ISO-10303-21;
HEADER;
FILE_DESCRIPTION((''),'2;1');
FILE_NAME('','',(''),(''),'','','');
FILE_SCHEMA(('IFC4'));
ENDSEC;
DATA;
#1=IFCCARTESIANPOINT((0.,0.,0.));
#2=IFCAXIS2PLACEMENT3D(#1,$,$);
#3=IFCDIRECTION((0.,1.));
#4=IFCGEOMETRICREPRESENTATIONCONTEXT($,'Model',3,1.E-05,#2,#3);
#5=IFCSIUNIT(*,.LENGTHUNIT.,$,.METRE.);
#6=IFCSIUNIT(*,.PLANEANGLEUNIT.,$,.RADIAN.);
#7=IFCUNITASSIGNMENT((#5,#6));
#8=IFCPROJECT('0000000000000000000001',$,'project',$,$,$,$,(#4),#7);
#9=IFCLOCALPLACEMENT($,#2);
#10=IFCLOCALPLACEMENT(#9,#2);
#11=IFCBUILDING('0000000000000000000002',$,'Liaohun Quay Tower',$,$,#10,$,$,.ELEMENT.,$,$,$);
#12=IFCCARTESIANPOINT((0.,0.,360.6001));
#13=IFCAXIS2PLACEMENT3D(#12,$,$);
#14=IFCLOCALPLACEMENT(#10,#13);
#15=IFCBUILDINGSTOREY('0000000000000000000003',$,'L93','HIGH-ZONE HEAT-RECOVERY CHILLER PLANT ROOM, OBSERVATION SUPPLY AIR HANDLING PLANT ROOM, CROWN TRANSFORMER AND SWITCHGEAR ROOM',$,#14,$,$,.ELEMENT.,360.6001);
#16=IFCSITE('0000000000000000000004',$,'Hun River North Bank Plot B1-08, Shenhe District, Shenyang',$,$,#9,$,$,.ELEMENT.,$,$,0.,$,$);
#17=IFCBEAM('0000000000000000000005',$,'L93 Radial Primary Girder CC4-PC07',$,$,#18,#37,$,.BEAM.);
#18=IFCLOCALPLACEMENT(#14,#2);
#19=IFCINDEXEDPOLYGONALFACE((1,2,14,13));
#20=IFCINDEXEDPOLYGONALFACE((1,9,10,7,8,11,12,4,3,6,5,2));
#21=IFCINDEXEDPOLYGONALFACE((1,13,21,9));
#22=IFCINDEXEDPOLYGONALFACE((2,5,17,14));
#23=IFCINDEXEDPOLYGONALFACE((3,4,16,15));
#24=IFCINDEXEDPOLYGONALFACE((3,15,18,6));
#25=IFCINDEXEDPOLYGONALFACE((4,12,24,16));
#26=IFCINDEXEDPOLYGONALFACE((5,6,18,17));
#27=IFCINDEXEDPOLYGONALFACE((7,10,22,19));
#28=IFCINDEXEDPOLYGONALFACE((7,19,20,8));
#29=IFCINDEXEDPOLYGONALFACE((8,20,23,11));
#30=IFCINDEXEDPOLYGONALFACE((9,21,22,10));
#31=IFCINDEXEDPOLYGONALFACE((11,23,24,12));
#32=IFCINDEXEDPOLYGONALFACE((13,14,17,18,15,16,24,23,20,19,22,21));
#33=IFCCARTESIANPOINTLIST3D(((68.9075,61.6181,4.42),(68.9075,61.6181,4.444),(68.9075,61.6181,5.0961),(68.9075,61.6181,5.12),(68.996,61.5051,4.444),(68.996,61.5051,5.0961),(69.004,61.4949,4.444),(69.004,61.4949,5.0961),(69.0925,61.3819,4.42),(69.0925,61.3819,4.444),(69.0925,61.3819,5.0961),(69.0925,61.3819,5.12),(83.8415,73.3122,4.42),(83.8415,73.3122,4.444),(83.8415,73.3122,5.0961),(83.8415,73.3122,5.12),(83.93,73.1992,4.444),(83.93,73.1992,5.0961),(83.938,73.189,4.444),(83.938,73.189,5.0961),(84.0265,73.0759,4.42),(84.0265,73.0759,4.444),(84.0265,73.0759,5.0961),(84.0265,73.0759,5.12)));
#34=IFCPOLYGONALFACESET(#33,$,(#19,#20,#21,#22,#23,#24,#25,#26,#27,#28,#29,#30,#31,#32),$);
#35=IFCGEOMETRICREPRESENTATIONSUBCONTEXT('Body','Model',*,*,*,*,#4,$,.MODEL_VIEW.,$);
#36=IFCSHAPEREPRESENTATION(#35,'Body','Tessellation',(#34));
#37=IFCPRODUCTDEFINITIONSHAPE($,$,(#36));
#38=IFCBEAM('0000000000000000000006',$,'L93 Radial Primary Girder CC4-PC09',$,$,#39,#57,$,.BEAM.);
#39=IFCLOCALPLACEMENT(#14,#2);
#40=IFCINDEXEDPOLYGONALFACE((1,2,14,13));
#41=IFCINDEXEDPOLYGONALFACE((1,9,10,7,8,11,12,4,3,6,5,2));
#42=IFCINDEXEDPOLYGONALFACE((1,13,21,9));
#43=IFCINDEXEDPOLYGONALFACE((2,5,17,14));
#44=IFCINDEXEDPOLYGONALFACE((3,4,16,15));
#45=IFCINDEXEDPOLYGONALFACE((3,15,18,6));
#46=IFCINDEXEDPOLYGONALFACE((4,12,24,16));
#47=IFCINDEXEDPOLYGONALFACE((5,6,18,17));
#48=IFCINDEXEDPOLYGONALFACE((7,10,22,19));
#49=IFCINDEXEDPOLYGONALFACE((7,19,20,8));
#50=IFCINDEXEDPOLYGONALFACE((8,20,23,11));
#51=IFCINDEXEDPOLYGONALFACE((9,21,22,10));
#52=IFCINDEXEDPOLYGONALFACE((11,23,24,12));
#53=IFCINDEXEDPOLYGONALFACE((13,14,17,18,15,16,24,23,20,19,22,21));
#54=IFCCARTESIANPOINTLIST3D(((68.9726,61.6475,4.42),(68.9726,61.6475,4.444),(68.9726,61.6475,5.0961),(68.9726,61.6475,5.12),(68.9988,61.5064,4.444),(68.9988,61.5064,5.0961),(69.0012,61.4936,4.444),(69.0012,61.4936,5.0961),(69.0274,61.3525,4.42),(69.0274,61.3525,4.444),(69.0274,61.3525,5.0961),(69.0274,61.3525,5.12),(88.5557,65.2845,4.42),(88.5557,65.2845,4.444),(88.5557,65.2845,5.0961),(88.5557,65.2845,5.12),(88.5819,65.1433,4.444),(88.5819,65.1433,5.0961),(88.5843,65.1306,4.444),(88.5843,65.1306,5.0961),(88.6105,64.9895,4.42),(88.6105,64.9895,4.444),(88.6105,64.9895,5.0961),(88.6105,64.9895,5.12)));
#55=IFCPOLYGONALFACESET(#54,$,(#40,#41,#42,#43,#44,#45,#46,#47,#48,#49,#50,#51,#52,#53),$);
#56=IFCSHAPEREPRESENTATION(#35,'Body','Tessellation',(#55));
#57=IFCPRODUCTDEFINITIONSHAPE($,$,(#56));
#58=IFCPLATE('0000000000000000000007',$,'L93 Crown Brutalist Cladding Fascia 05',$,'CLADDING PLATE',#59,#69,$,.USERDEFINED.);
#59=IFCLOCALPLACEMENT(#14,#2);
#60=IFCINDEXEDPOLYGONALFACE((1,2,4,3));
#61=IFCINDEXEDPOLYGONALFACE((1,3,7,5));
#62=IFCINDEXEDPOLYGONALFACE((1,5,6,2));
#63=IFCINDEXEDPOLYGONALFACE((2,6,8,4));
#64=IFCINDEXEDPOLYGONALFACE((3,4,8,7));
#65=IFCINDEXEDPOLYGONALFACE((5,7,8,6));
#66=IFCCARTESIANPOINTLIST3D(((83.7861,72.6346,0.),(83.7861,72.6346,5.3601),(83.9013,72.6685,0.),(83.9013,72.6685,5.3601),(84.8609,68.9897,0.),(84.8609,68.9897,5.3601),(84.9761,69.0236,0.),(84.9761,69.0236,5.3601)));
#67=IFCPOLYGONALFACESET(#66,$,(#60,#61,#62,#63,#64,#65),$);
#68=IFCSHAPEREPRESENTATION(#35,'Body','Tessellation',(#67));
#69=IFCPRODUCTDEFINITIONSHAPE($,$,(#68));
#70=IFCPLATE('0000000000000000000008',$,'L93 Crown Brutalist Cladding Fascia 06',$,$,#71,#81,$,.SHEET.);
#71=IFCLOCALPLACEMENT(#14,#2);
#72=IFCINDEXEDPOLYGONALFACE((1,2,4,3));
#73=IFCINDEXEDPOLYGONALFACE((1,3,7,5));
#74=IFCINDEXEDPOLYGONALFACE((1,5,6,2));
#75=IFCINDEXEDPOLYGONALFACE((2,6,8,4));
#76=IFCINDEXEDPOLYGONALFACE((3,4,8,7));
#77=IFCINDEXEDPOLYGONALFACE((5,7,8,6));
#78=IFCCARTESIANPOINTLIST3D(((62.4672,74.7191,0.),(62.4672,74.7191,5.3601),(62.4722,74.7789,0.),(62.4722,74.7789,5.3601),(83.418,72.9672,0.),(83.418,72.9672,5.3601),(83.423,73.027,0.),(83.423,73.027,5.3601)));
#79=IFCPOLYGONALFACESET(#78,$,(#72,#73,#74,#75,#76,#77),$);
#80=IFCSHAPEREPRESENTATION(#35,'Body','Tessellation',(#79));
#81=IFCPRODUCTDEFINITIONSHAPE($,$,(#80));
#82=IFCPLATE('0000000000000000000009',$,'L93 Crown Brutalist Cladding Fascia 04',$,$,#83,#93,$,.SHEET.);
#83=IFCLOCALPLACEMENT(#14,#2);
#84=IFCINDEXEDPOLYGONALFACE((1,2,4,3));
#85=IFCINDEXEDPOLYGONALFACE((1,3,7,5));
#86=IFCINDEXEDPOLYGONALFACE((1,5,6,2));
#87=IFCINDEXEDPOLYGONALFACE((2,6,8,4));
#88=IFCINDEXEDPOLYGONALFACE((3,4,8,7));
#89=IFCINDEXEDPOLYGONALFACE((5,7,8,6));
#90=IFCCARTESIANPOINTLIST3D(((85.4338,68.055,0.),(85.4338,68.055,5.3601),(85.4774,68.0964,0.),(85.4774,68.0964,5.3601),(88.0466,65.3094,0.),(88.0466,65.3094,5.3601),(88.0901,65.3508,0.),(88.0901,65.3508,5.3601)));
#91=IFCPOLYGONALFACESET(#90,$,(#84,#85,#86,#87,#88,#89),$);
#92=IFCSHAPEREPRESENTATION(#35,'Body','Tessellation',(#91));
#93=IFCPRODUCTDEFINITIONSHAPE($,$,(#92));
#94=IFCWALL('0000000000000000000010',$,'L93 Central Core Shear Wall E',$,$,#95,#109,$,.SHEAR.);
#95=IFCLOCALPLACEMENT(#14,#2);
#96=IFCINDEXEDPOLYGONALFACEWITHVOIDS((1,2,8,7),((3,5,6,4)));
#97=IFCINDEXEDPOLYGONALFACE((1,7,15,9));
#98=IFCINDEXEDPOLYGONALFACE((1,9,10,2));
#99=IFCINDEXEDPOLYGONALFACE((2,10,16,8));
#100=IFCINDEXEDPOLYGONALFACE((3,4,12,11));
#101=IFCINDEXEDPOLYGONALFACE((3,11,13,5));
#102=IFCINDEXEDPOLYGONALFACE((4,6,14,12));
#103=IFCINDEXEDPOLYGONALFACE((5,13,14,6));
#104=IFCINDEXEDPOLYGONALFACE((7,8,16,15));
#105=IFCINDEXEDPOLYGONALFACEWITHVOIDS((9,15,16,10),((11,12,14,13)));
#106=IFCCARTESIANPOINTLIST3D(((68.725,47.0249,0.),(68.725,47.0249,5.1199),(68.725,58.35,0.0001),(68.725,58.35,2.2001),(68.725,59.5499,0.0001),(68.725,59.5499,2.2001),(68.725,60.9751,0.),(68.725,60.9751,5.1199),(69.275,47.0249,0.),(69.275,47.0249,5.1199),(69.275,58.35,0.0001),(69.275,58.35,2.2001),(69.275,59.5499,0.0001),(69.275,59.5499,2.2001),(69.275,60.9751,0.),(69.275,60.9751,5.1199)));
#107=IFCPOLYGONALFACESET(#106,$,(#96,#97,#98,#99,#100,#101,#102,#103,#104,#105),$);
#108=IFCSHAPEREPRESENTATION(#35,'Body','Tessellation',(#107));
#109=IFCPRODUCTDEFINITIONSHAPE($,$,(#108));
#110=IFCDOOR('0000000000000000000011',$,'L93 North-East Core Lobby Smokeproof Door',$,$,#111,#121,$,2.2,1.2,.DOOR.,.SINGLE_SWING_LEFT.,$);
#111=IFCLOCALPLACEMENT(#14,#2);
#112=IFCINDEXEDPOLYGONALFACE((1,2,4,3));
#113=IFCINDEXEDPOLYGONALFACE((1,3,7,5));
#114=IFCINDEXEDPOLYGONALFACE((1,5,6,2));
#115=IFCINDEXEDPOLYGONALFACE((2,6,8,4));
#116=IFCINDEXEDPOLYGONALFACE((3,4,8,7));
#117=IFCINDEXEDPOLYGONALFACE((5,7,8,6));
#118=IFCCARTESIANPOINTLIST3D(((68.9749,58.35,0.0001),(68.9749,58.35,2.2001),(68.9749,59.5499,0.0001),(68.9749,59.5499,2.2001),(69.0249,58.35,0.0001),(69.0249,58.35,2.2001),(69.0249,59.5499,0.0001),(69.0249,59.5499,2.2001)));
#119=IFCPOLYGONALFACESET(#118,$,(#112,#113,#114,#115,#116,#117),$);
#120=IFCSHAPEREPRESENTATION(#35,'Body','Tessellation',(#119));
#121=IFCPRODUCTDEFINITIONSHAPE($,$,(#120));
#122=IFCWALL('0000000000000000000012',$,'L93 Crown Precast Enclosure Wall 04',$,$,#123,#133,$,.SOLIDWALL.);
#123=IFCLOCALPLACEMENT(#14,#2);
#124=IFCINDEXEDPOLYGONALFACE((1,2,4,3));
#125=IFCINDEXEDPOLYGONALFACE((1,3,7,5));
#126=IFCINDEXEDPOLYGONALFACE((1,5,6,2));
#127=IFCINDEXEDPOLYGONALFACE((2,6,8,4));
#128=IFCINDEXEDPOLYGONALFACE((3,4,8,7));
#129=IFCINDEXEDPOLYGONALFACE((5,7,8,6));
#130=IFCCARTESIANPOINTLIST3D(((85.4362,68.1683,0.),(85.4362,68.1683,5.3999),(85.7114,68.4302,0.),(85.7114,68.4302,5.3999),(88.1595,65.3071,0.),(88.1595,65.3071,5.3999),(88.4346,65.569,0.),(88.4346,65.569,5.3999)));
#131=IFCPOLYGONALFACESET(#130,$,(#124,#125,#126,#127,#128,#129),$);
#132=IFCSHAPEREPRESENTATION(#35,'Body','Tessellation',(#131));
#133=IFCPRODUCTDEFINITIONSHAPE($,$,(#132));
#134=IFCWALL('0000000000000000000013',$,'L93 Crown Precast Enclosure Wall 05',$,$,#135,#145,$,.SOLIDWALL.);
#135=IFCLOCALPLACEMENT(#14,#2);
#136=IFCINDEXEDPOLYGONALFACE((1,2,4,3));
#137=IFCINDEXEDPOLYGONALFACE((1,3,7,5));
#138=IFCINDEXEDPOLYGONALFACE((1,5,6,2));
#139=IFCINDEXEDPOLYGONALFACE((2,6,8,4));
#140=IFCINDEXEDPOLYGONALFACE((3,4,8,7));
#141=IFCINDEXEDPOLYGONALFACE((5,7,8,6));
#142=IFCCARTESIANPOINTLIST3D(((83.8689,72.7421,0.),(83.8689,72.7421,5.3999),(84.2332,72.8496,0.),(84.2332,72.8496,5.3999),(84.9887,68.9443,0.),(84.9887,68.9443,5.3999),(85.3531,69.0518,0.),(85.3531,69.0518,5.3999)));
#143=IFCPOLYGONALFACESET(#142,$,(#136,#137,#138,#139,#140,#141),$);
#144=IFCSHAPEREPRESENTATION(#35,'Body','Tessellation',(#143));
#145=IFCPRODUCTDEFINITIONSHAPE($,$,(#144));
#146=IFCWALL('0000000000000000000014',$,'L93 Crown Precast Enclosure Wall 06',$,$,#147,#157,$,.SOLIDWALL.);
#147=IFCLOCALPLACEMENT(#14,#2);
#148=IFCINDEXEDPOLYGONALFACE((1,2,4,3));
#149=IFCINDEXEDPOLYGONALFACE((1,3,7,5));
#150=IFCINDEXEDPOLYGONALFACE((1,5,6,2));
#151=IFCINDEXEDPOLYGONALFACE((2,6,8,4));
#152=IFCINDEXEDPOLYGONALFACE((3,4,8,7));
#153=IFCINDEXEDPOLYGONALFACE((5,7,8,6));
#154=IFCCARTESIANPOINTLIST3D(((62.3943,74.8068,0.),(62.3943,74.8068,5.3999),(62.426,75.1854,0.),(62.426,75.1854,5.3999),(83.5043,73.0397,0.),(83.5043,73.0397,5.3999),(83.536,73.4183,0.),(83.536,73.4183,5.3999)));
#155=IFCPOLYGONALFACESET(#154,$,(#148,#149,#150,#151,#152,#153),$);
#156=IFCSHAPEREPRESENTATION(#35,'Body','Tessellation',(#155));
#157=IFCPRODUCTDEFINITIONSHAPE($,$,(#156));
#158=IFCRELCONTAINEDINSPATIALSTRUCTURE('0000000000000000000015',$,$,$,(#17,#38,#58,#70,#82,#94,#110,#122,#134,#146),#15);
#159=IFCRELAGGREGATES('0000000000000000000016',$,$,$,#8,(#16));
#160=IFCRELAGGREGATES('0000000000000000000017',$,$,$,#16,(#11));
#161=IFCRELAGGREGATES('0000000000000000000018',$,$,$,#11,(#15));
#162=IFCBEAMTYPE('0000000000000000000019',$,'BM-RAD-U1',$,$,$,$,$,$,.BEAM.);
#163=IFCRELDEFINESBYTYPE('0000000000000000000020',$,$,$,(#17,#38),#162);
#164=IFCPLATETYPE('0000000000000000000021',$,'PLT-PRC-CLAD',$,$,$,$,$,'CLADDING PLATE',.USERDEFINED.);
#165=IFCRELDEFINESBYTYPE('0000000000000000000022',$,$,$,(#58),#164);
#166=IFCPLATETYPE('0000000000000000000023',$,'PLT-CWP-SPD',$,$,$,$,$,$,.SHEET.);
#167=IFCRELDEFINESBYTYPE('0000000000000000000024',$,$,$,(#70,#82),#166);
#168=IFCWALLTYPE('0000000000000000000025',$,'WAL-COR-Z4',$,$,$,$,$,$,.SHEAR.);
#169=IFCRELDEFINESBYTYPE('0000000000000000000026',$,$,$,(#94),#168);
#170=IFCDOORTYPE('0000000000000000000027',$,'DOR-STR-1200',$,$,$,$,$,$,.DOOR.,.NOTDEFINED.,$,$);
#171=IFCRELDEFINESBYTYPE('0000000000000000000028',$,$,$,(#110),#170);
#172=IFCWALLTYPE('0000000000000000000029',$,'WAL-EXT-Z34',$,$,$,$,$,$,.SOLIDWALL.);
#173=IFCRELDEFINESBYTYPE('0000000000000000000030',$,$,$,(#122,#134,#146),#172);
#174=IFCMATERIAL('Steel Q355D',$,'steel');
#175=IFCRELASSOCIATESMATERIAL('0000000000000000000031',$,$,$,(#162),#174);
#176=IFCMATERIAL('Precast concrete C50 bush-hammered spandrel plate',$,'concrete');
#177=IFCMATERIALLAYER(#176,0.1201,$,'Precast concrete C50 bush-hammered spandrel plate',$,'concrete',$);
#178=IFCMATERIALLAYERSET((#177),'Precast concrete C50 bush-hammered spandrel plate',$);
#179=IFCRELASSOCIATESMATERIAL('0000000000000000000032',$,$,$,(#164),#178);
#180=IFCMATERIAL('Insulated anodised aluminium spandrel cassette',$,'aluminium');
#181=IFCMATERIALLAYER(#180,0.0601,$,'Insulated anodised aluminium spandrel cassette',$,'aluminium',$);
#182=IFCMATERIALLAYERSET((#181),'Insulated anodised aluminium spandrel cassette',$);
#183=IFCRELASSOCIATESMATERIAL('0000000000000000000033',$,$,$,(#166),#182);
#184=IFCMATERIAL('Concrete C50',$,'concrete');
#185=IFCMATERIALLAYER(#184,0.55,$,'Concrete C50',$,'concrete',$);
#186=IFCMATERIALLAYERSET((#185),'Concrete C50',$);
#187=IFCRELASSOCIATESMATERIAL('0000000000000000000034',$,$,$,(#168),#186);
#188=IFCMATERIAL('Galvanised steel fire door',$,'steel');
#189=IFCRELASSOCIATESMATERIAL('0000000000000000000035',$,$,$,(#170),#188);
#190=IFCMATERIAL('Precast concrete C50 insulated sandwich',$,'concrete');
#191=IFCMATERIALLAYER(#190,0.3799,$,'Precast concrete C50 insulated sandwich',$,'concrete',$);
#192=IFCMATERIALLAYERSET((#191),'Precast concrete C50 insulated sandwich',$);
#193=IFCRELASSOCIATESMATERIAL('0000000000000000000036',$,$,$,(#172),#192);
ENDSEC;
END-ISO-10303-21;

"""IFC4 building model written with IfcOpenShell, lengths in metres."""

from ifc_helpers import new_model, si_unit, direction, frame, frame_2d, origin, origin_2d, place, context, subcontext, project, spatial, rectangle, i_section, extrude, source, transform, mapped, material, layer, layer_set, material_profile, profile_set, type_object, element, fill, save


model = new_model("IFC4")

# Units and contexts
model_context = context("Model", 3, precision=1e-05, world=origin(), true_north=direction((0.0, 1.0)))
body_context = subcontext(model_context, "Body", "Model", "MODEL_VIEW")
ifc_project = project(units=[si_unit("LENGTHUNIT", "METRE"), si_unit("PLANEANGLEUNIT", "RADIAN")], contexts=[model_context])

# Site, building, storey
site_placement = place(None, origin())
site = spatial("IfcSite", under=ifc_project, at=site_placement, Name="Hun River North Bank Plot B1-08, Shenhe District, Shenyang", CompositionType="ELEMENT", RefElevation=0.0)
building_placement = place(site_placement, origin())
building = spatial("IfcBuilding", under=site, at=building_placement, Name="Liaohun Quay Tower", CompositionType="ELEMENT")
storey_placement = place(building_placement, frame((0.0, 0.0, 360.6001)))
storey = spatial("IfcBuildingStorey", under=building, at=storey_placement, Name="L93", Description="HIGH-ZONE HEAT-RECOVERY CHILLER PLANT ROOM, OBSERVATION SUPPLY AIR HANDLING PLANT ROOM, CROWN TRANSFORMER AND SWITCHGEAR ROOM", CompositionType="ELEMENT", Elevation=360.6001)

# Shared definitions
ifc_material_1 = material(Name="Concrete C50", Category="concrete")

# Beams
ifc_material_2 = material(Name="Steel Q355D", Category="steel")
ifc_material_profile_1 = material_profile(ifc_material_2, i_section(OverallWidth=0.3, OverallDepth=0.7, WebThickness=0.0129, FlangeThickness=0.0239, at=origin_2d()), Name="HN700x300x13x24")
ifc_profile_set_1 = profile_set([ifc_material_profile_1], Name="Steel Q355D")
beam_type_1 = type_object("IfcBeamType", Name="BM-RAD-U1", PredefinedType="BEAM", material=ifc_profile_set_1)
shared_shape_1 = source(origin(), body_context, "Body", "SweptSolid", [
    extrude(i_section(OverallWidth=0.3, OverallDepth=0.7, WebThickness=0.0129, FlangeThickness=0.0239, at=origin_2d()), origin(), (0.0, 0.0, 1.0), 18.9678),
])
beam_1_placement = place(storey_placement, frame((69.0, 61.5, 4.77), z_axis=(0.787337, 0.616522, 0.0), x_axis=(-0.616522, 0.787337, 0.0)))
element("IfcBeam", 1, at=beam_1_placement, inside=storey, type_object=beam_type_1, Name="L93 Radial Primary Girder CC4-PC07", PredefinedType="BEAM", context=body_context, shape_type="MappedRepresentation", body=[
    mapped(shared_shape_1, transform((0.0, 0.0, 0.0), x_axis=(1.0, 0.0, 0.0), y_axis=(0.0, 1.0, 0.0), z_axis=(0.0, 0.0, 1.0), scale=1.0)),
])
shared_shape_2 = source(origin(), body_context, "Body", "SweptSolid", [
    extrude(i_section(OverallWidth=0.3, OverallDepth=0.7, WebThickness=0.0129, FlangeThickness=0.0239, at=origin_2d()), origin(), (0.0, 0.0, 1.0), 19.918),
])
beam_2_placement = place(storey_placement, frame((69.0, 61.5, 4.77), z_axis=(0.983188, 0.182598, 0.0), x_axis=(-0.182598, 0.983188, 0.0)))
element("IfcBeam", 2, at=beam_2_placement, inside=storey, type_object=beam_type_1, Name="L93 Radial Primary Girder CC4-PC09", PredefinedType="BEAM", context=body_context, shape_type="MappedRepresentation", body=[
    mapped(shared_shape_2, transform((0.0, 0.0, 0.0), x_axis=(1.0, 0.0, 0.0), y_axis=(0.0, 1.0, 0.0), z_axis=(0.0, 0.0, 1.0), scale=1.0)),
])

# Plates
ifc_material_3 = material(Name="Precast concrete C50 bush-hammered spandrel plate", Category="concrete")
ifc_layer_1 = layer(ifc_material_3, 0.1201, Name="Precast concrete C50 bush-hammered spandrel plate", Category="concrete")
ifc_layer_set_1 = layer_set([ifc_layer_1], Name="Precast concrete C50 bush-hammered spandrel plate")
plate_type_1 = type_object("IfcPlateType", Name="PLT-PRC-CLAD", ElementType="CLADDING PLATE", PredefinedType="USERDEFINED", material=ifc_layer_set_1)
shared_shape_3 = source(origin(), body_context, "Body", "SweptSolid", [
    extrude(rectangle(XDim=3.8, YDim=0.1201, at=origin_2d()), origin(), (0.0, 0.0, 1.0), 5.3601),
])
plate_1_placement = place(storey_placement, frame((84.3811, 70.8291, 0.0), z_axis=(0.0, 0.0, 1.0), x_axis=(-0.282844, 0.959166, 0.0)))
element("IfcPlate", 3, at=plate_1_placement, inside=storey, type_object=plate_type_1, Name="L93 Crown Brutalist Cladding Fascia 05", ObjectType="CLADDING PLATE", PredefinedType="USERDEFINED", context=body_context, shape_type="MappedRepresentation", body=[
    mapped(shared_shape_3, transform((0.0, 0.0, 0.0), x_axis=(1.0, 0.0, 0.0), y_axis=(0.0, 1.0, 0.0), z_axis=(0.0, 0.0, 1.0), scale=1.0)),
])
ifc_material_4 = material(Name="Insulated anodised aluminium spandrel cassette", Category="aluminium")
ifc_layer_2 = layer(ifc_material_4, 0.0601, Name="Insulated anodised aluminium spandrel cassette", Category="aluminium")
ifc_layer_set_2 = layer_set([ifc_layer_2], Name="Insulated anodised aluminium spandrel cassette")
plate_type_2 = type_object("IfcPlateType", Name="PLT-CWP-SPD", PredefinedType="SHEET", material=ifc_layer_set_2)
shared_shape_4 = source(origin(), body_context, "Body", "SweptSolid", [
    extrude(rectangle(XDim=21.0239, YDim=0.0601, at=origin_2d()), origin(), (0.0, 0.0, 1.0), 5.3601),
])
plate_2_placement = place(storey_placement, frame((72.9451, 73.873, 0.0), z_axis=(0.0, 0.0, 1.0), x_axis=(-0.996522, 0.08333, 0.0)))
element("IfcPlate", 4, at=plate_2_placement, inside=storey, type_object=plate_type_2, Name="L93 Crown Brutalist Cladding Fascia 06", PredefinedType="SHEET", context=body_context, shape_type="MappedRepresentation", body=[
    mapped(shared_shape_4, transform((0.0, 0.0, 0.0), x_axis=(1.0, 0.0, 0.0), y_axis=(0.0, 1.0, 0.0), z_axis=(0.0, 0.0, 1.0), scale=1.0)),
])
shared_shape_5 = source(origin(), body_context, "Body", "SweptSolid", [
    extrude(rectangle(XDim=3.79, YDim=0.0601, at=origin_2d()), origin(), (0.0, 0.0, 1.0), 5.3601),
])
plate_3_placement = place(storey_placement, frame((86.762, 66.7029, 0.0), z_axis=(0.0, 0.0, 1.0), x_axis=(-0.689367, 0.724413, 0.0)))
element("IfcPlate", 5, at=plate_3_placement, inside=storey, type_object=plate_type_2, Name="L93 Crown Brutalist Cladding Fascia 04", PredefinedType="SHEET", context=body_context, shape_type="MappedRepresentation", body=[
    mapped(shared_shape_5, transform((0.0, 0.0, 0.0), x_axis=(1.0, 0.0, 0.0), y_axis=(0.0, 1.0, 0.0), z_axis=(0.0, 0.0, 1.0), scale=1.0)),
])

# Wall, opening, door
ifc_layer_3 = layer(ifc_material_1, 0.55, Name="Concrete C50", Category="concrete")
ifc_layer_set_3 = layer_set([ifc_layer_3], Name="Concrete C50")
wall_type_1 = type_object("IfcWallType", Name="WAL-COR-Z4", PredefinedType="SHEAR", material=ifc_layer_set_3)
wall_1_placement = place(storey_placement, frame((69.0, 60.9751, 0.0), z_axis=(0.0, 0.0, 1.0), x_axis=(0.0, -1.0, 0.0)))
wall_1 = element("IfcWall", 6, at=wall_1_placement, inside=storey, type_object=wall_type_1, Name="L93 Central Core Shear Wall E", PredefinedType="SHEAR", context=body_context, shape_type="SweptSolid", body=[
    extrude(rectangle(XDim=13.9502, YDim=0.55, at=frame_2d((6.9751, 0.0))), origin(), (0.0, 0.0, 1.0), 5.1199),
])
shared_shape_6 = source(origin(), body_context, "Body", "SweptSolid", [
    extrude(rectangle(XDim=1.2, YDim=2.2, at=frame_2d((0.6001, 1.1001))), frame((0.0, 0.2849, 0.0), z_axis=(0.0, -1.0, 0.0), x_axis=(1.0, 0.0, 0.0)), (0.0, 0.0, 1.0), 0.5701),
])
opening_placement = place(wall_1_placement, frame((1.425, 0.0, 0.0)))
opening = element("IfcOpeningElement", 7, at=opening_placement, cuts=wall_1, PredefinedType="OPENING", context=body_context, shape_type="MappedRepresentation", body=[
    mapped(shared_shape_6, transform((0.0, 0.0, 0.0), x_axis=(1.0, 0.0, 0.0), y_axis=(0.0, 1.0, 0.0), z_axis=(0.0, 0.0, 1.0), scale=1.0)),
])
ifc_material_5 = material(Name="Galvanised steel fire door", Category="steel")
door_type = type_object("IfcDoorType", Name="DOR-STR-1200", OperationType="NOTDEFINED", PredefinedType="DOOR", material=ifc_material_5)
shared_shape_7 = source(origin(), body_context, "Body", "SweptSolid", [
    extrude(rectangle(XDim=1.2, YDim=2.2, at=frame_2d((0.6001, 1.1001))), frame((0.0, 0.0249, 0.0), z_axis=(0.0, -1.0, 0.0), x_axis=(1.0, 0.0, 0.0)), (0.0, 0.0, 1.0), 0.05),
])
door_placement = place(opening_placement, origin())
door = element("IfcDoor", 8, at=door_placement, inside=storey, type_object=door_type, Name="L93 North-East Core Lobby Smokeproof Door", OperationType="SINGLE_SWING_LEFT", OverallHeight=2.2, OverallWidth=1.2, PredefinedType="DOOR", context=body_context, shape_type="MappedRepresentation", body=[
    mapped(shared_shape_7, transform((0.0, 0.0, 0.0), x_axis=(1.0, 0.0, 0.0), y_axis=(0.0, 1.0, 0.0), z_axis=(0.0, 0.0, 1.0), scale=1.0)),
])
fill(opening, door)

# Walls
ifc_material_6 = material(Name="Precast concrete C50 insulated sandwich", Category="concrete")
ifc_layer_4 = layer(ifc_material_6, 0.3799, Name="Precast concrete C50 insulated sandwich", Category="concrete")
ifc_layer_set_4 = layer_set([ifc_layer_4], Name="Precast concrete C50 insulated sandwich")
wall_type_2 = type_object("IfcWallType", Name="WAL-EXT-Z34", PredefinedType="SOLIDWALL", material=ifc_layer_set_4)
wall_2_placement = place(storey_placement, frame((88.2971, 65.438, 0.0), z_axis=(0.0, 0.0, 1.0), x_axis=(-0.68943, 0.724353, 0.0)))
element("IfcWall", 9, at=wall_2_placement, inside=storey, type_object=wall_type_2, Name="L93 Crown Precast Enclosure Wall 04", PredefinedType="SOLIDWALL", context=body_context, shape_type="SweptSolid", body=[
    extrude(rectangle(XDim=3.95, YDim=0.3799, at=frame_2d((1.9751, 0.0))), origin(), (0.0, 0.0, 1.0), 5.3999),
])
wall_3_placement = place(storey_placement, frame((85.1709, 68.998, 0.0), z_axis=(0.0, 0.0, 1.0), x_axis=(-0.282831, 0.95917, 0.0)))
element("IfcWall", 10, at=wall_3_placement, inside=storey, type_object=wall_type_2, Name="L93 Crown Precast Enclosure Wall 05", PredefinedType="SOLIDWALL", context=body_context, shape_type="SweptSolid", body=[
    extrude(rectangle(XDim=3.9595, YDim=0.3799, at=frame_2d((1.9797, 0.0))), origin(), (0.0, 0.0, 1.0), 5.3999),
])
wall_4_placement = place(storey_placement, frame((83.52, 73.229, 0.0), z_axis=(0.0, 0.0, 1.0), x_axis=(-0.996515, 0.083416, 0.0)))
element("IfcWall", 11, at=wall_4_placement, inside=storey, type_object=wall_type_2, Name="L93 Crown Precast Enclosure Wall 06", PredefinedType="SOLIDWALL", context=body_context, shape_type="SweptSolid", body=[
    extrude(rectangle(XDim=21.1838, YDim=0.3799, at=frame_2d((10.5918, 0.0))), origin(), (0.0, 0.0, 1.0), 5.3999),
])

save(model, "model.ifc")
